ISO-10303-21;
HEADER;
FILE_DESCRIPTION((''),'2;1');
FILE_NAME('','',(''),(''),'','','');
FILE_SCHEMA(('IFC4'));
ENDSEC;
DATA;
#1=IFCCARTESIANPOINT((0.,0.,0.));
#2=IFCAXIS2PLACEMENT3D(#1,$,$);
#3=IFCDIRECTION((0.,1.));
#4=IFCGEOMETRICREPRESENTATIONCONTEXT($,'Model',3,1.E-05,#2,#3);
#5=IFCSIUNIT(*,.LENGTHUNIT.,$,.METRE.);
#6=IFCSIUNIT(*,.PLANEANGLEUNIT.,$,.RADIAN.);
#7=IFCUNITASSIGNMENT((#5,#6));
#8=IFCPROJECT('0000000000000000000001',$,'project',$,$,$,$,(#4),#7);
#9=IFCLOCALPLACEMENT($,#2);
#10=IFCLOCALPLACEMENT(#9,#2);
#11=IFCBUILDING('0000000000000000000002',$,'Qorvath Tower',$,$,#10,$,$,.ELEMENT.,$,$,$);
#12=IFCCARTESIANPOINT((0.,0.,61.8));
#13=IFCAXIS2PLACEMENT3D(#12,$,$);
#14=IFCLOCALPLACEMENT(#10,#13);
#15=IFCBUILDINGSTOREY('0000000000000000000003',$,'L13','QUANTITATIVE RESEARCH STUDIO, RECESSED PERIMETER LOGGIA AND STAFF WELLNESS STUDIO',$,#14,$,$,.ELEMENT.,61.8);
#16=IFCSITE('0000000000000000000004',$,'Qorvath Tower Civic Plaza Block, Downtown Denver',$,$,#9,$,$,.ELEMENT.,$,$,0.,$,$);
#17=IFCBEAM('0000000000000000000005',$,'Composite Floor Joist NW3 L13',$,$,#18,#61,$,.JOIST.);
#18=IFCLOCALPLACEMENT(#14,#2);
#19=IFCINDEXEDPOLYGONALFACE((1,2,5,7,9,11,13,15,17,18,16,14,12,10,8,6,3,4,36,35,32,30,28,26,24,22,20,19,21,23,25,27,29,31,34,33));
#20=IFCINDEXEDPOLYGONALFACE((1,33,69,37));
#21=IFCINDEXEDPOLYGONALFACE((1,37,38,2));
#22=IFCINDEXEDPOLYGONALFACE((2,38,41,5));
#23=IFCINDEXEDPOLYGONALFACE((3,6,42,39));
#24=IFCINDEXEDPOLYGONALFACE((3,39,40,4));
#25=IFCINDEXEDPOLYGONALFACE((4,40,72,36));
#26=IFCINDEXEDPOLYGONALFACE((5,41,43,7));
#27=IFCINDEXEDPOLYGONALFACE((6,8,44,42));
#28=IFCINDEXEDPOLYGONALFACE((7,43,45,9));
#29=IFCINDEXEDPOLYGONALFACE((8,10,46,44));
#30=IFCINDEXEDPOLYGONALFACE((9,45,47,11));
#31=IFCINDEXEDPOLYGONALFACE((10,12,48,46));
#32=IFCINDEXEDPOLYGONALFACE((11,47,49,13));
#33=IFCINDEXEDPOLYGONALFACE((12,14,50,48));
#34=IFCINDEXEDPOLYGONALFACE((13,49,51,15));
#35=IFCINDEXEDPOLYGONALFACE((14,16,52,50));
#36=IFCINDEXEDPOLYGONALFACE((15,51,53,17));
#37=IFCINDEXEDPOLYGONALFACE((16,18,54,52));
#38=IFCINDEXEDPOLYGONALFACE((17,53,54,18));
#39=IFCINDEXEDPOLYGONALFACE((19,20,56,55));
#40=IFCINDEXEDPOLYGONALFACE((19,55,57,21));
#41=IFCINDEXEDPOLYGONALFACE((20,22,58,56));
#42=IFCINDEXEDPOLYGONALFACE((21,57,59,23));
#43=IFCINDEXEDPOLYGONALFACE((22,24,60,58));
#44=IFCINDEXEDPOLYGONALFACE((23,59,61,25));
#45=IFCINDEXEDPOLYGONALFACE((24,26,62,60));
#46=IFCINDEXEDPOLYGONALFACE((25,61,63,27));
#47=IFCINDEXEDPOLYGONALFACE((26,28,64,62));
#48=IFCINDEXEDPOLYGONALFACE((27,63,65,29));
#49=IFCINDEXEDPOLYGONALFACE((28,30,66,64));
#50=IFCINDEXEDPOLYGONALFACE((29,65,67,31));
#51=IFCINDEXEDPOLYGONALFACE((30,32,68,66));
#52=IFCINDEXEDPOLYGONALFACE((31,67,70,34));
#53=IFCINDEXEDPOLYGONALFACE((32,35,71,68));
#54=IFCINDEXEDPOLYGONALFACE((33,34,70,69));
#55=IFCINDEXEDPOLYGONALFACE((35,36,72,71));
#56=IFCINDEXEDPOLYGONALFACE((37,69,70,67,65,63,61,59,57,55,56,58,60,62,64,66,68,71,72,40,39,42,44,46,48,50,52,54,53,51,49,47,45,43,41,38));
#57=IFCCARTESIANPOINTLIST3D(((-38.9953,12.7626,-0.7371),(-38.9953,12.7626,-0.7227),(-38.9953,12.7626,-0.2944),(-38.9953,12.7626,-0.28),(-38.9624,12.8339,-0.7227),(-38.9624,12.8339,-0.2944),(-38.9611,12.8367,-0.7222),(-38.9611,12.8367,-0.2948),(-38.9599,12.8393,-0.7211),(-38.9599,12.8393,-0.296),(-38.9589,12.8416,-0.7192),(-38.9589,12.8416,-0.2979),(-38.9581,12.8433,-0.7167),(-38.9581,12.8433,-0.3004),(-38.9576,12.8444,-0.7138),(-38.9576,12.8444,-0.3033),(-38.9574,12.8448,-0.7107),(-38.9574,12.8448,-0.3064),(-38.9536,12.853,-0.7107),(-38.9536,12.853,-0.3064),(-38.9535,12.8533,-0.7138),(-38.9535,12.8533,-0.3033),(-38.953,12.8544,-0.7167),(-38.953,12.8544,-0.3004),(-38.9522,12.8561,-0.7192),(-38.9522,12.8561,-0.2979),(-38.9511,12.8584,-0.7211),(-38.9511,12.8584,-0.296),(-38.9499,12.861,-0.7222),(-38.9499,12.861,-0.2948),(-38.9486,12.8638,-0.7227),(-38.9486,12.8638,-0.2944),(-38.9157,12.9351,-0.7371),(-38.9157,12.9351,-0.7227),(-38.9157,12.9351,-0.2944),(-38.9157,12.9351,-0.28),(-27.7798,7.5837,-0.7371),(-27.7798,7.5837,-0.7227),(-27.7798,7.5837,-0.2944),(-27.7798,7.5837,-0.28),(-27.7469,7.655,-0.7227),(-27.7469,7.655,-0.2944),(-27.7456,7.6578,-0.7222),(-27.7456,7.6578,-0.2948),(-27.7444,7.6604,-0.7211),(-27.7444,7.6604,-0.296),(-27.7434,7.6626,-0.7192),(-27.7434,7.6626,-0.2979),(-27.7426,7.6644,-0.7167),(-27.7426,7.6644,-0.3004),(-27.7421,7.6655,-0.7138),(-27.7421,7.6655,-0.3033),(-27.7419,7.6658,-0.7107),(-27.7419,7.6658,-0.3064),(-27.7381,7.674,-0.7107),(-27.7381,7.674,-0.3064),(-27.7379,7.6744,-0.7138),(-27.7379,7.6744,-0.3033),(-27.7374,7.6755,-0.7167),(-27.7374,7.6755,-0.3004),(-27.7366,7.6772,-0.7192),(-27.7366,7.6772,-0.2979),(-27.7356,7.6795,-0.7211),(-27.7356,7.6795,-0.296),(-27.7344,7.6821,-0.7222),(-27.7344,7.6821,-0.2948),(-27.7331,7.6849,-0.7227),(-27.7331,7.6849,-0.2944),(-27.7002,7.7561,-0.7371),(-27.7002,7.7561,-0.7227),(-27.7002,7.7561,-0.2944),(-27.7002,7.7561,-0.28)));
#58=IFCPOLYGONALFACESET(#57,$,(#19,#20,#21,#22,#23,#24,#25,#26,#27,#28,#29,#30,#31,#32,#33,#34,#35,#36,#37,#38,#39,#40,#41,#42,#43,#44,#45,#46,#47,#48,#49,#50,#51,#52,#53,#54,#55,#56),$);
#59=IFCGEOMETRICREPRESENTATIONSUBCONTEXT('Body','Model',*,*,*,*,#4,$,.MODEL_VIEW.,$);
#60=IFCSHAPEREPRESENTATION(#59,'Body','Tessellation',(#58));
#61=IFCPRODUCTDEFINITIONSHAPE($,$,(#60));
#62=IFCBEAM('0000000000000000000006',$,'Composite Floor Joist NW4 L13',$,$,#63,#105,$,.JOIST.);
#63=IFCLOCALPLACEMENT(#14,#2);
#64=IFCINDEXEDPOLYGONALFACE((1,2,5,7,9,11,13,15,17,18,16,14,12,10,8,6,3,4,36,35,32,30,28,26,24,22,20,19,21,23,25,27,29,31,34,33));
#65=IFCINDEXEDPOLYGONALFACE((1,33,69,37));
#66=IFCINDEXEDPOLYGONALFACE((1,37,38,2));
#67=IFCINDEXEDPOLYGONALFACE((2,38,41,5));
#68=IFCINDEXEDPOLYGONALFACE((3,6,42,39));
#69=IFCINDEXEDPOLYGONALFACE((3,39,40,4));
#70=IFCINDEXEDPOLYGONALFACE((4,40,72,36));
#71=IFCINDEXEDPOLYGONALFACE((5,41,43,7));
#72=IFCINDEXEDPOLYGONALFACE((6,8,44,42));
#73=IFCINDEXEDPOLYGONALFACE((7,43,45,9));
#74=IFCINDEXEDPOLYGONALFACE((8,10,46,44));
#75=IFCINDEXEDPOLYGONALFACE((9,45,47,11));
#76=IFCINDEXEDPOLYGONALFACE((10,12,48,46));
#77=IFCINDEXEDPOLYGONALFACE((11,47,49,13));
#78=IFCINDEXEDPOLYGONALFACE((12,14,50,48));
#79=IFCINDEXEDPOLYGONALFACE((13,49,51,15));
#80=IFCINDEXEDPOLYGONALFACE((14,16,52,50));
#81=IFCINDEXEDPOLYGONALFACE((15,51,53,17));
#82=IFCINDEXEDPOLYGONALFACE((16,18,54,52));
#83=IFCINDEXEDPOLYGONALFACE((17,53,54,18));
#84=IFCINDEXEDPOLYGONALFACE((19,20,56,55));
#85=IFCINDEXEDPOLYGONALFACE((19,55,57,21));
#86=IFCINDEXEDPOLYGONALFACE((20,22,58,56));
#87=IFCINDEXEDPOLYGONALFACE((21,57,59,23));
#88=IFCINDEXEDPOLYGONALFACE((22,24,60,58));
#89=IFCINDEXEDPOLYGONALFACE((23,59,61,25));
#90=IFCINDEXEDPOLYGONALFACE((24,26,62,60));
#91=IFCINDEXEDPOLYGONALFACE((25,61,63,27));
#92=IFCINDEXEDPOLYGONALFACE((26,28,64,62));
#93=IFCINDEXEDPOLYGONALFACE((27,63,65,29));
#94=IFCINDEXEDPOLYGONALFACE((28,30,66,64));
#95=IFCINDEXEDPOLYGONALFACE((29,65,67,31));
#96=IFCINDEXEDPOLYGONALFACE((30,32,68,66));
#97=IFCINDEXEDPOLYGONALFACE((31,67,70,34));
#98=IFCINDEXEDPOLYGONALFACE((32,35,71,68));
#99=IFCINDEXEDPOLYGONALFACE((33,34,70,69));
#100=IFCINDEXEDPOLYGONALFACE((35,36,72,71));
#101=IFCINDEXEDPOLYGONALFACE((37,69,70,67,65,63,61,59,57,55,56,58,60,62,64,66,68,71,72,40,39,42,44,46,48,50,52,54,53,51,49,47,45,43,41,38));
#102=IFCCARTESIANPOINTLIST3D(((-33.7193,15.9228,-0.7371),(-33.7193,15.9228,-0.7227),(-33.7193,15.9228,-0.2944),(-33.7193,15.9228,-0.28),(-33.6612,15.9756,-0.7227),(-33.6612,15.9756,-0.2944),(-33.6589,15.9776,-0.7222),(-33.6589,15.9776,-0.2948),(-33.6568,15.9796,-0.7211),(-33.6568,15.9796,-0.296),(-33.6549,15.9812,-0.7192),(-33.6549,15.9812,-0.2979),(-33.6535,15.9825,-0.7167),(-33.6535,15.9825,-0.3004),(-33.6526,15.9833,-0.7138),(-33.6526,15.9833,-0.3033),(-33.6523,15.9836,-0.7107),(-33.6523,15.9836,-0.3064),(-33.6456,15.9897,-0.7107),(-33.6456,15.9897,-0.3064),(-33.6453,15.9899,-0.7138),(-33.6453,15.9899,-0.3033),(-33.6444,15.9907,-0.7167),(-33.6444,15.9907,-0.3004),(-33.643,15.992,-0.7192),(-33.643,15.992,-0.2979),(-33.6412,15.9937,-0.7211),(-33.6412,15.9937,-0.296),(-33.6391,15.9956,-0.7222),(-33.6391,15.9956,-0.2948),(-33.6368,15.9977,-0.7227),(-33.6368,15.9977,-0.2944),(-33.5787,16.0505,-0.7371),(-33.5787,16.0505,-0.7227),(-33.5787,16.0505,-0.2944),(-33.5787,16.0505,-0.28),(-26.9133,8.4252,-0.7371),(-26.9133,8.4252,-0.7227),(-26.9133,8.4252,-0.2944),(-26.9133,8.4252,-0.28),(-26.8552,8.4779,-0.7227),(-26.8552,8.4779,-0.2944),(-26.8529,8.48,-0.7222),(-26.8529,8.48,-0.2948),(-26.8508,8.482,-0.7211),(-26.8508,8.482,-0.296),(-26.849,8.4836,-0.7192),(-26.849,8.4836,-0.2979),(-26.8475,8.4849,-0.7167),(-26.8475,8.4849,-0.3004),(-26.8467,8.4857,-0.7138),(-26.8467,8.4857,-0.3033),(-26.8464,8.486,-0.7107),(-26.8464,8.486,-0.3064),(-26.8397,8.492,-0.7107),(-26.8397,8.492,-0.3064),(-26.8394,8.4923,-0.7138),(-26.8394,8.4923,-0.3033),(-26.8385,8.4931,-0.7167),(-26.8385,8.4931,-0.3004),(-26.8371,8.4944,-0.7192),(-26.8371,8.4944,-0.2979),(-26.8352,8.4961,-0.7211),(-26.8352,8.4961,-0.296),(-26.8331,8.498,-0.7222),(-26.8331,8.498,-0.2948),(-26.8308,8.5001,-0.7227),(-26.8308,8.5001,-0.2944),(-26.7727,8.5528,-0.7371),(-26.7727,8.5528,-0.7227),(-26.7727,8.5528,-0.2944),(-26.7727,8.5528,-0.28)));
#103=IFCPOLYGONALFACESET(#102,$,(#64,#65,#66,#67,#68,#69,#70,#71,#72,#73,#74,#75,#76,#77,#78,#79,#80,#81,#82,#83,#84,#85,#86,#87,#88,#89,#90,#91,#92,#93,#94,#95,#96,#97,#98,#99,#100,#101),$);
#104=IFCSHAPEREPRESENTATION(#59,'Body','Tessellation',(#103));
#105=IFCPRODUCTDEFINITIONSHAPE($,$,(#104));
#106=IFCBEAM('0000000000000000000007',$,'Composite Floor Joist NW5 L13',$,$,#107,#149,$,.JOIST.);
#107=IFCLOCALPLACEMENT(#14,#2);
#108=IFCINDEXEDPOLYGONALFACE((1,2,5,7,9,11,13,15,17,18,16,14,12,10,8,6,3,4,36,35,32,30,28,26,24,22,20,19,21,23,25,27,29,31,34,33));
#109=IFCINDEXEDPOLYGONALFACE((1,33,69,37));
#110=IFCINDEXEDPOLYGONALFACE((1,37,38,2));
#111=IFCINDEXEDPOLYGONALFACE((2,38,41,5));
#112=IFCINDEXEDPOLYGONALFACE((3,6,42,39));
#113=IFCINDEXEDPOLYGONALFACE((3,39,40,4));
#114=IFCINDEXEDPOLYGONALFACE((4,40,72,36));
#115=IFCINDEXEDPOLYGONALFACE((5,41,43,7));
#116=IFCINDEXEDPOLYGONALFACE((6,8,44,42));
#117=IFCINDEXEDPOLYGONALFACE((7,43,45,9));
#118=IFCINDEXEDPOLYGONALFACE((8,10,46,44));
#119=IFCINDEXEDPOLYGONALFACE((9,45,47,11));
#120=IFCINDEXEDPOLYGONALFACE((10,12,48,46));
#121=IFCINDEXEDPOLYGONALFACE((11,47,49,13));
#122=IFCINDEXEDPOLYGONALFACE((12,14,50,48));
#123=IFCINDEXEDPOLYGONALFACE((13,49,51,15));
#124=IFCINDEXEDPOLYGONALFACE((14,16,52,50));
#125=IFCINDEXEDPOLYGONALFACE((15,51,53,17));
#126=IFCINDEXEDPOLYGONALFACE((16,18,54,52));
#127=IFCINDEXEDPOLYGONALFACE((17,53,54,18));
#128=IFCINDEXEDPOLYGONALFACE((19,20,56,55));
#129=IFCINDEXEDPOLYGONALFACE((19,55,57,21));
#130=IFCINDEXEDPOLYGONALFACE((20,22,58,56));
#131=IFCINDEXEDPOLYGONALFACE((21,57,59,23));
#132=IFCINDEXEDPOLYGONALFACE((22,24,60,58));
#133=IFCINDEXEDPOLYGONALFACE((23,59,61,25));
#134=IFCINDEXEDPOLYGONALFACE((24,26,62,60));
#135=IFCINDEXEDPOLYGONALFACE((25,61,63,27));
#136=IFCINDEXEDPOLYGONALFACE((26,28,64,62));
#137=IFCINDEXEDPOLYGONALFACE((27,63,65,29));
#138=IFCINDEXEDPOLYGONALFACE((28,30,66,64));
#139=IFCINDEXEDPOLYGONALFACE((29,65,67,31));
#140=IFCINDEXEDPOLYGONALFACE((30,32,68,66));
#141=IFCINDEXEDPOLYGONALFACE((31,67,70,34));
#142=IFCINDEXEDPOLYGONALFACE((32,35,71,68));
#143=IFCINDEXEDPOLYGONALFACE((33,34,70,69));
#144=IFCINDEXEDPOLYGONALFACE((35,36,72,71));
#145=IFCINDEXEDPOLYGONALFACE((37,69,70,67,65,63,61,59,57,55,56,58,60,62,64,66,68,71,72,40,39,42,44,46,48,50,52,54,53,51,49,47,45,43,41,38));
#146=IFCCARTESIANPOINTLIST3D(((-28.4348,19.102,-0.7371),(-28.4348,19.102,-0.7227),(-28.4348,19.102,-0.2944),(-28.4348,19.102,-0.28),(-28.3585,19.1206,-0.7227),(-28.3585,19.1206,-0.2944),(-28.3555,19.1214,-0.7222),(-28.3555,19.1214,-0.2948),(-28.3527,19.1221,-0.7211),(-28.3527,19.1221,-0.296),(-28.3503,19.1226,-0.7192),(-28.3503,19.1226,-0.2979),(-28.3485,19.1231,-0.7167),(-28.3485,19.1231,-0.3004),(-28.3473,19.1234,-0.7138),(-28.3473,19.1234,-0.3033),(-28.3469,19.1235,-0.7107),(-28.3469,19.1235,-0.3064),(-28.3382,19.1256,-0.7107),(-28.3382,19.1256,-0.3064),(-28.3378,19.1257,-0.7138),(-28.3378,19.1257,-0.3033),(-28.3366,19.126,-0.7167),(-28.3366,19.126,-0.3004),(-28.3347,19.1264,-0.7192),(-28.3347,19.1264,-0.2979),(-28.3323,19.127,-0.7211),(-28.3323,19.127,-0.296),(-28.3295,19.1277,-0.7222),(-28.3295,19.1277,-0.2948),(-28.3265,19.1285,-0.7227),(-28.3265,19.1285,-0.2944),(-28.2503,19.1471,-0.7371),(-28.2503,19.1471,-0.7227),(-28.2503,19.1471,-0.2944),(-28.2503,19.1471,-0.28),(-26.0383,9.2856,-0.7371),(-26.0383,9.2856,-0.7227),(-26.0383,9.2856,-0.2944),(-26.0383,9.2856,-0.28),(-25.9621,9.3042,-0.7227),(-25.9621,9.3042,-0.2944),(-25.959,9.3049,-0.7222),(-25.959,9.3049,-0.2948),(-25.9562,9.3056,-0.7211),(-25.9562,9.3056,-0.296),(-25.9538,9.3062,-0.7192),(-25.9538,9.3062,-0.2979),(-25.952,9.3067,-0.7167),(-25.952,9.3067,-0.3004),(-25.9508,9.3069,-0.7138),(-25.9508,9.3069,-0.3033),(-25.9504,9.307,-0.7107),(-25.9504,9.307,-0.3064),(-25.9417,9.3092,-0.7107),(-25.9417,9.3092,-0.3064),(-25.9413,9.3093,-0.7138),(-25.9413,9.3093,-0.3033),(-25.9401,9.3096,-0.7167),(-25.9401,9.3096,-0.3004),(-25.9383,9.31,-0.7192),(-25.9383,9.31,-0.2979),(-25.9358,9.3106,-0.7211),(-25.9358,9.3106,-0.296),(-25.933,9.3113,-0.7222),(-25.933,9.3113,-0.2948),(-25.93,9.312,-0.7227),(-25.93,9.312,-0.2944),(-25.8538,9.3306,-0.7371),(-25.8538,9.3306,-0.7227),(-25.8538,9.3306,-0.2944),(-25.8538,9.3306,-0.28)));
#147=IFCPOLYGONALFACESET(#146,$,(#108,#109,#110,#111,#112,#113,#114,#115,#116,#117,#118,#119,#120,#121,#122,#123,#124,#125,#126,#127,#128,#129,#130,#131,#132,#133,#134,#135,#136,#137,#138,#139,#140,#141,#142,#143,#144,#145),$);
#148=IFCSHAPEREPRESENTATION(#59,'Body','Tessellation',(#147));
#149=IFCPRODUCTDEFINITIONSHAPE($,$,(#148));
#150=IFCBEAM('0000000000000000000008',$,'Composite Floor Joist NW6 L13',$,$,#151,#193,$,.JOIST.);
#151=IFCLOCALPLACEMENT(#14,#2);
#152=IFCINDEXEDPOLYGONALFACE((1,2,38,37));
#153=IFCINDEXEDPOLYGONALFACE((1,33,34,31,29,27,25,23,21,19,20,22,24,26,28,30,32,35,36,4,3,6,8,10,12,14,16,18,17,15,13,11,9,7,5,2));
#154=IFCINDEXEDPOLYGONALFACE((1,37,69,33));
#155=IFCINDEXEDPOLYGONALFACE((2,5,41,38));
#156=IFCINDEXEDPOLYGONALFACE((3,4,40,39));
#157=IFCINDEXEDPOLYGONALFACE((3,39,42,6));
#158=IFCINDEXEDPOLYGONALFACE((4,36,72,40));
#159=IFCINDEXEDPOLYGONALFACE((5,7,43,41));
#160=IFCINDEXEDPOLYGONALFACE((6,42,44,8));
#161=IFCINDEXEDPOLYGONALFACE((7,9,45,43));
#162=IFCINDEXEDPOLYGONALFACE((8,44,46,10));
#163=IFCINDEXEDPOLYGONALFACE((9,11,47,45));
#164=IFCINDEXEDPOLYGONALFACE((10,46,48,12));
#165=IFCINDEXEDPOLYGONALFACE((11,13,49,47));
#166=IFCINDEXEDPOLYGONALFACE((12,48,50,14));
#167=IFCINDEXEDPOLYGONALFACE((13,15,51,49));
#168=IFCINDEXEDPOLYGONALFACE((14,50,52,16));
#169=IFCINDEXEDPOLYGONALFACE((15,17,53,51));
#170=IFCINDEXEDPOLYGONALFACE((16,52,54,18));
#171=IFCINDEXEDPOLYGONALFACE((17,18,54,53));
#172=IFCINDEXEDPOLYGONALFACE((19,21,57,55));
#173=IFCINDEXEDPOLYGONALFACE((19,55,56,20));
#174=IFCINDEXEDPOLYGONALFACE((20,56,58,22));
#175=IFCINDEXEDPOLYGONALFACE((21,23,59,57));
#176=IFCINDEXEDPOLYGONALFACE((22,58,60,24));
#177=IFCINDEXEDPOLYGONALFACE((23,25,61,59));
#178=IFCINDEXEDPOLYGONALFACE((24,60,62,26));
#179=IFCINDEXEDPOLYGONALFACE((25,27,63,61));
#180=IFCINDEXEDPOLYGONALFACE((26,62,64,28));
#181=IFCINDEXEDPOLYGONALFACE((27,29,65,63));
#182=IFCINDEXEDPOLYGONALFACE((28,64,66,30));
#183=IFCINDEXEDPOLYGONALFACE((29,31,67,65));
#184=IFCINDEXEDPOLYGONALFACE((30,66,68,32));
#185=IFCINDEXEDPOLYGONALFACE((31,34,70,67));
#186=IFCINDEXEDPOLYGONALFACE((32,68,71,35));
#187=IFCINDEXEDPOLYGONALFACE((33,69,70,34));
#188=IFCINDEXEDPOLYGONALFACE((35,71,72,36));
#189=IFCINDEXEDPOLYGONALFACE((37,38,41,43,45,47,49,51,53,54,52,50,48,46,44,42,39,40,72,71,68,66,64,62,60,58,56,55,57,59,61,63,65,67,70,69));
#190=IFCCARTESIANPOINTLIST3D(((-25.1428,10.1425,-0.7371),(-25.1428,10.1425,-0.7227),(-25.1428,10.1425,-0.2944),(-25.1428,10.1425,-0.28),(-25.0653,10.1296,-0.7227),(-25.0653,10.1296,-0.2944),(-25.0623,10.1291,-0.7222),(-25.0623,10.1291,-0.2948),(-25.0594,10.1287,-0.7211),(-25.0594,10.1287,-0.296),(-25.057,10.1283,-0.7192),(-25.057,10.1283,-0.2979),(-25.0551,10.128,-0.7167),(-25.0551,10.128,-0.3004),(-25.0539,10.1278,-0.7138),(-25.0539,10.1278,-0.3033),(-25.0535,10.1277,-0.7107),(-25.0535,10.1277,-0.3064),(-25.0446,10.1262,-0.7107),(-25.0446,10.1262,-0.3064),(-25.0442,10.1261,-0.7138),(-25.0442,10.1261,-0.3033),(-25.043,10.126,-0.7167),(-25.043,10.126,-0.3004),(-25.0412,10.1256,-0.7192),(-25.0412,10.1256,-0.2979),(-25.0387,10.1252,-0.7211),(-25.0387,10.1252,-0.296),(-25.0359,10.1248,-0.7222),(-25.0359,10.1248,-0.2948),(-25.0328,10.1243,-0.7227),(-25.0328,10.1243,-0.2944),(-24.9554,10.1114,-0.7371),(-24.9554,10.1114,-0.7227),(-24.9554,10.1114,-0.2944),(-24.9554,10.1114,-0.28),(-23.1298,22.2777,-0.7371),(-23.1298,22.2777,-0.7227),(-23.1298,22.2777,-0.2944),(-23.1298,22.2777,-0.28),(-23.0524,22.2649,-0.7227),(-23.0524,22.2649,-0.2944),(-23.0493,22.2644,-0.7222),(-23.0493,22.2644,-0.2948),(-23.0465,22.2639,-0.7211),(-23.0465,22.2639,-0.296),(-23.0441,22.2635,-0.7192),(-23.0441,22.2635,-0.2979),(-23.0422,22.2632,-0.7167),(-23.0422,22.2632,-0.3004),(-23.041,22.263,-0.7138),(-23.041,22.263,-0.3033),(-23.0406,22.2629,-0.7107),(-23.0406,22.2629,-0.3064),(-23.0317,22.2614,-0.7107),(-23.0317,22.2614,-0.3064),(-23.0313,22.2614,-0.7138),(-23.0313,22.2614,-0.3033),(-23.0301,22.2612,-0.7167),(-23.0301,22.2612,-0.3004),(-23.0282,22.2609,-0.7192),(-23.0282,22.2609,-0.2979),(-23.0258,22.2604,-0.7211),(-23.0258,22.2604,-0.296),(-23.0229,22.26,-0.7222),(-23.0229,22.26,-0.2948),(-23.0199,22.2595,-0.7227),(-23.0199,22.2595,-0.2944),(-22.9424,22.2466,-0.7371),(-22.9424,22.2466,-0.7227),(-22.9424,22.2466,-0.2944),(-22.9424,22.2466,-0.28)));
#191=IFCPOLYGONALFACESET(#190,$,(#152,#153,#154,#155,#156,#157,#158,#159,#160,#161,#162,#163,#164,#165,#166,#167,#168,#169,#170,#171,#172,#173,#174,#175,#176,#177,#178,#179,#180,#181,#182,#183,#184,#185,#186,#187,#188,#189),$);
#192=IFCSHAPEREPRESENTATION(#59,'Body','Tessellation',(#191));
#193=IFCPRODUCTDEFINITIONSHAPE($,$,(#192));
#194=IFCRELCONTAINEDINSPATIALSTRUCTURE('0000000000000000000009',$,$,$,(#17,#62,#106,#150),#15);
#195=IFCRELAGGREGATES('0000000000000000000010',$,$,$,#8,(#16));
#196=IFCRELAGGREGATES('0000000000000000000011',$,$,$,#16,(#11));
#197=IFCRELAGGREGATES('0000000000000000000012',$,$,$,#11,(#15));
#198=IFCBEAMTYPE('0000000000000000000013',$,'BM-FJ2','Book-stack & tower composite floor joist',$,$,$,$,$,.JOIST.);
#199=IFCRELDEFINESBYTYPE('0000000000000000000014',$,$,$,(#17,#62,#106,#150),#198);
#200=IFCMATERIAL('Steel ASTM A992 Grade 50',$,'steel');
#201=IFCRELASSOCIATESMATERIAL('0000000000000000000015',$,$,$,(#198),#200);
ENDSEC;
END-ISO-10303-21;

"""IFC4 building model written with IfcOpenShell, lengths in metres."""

from ifc_helpers import new_model, si_unit, direction, frame, origin, origin_2d, place, context, subcontext, project, spatial, i_section, extrude, material, material_profile, profile_set, type_object, element, save


model = new_model("IFC4")

# Units and contexts
model_context = context("Model", 3, precision=1e-05, world=origin(), true_north=direction((0.0, 1.0)))
body_context = subcontext(model_context, "Body", "Model", "MODEL_VIEW")
ifc_project = project(units=[si_unit("LENGTHUNIT", "METRE"), si_unit("PLANEANGLEUNIT", "RADIAN")], contexts=[model_context])

# Site, building, storey
site_placement = place(None, origin())
site = spatial("IfcSite", under=ifc_project, at=site_placement, Name="Qorvath Tower Civic Plaza Block, Downtown Denver", CompositionType="ELEMENT", RefElevation=0.0)
building_placement = place(site_placement, origin())
building = spatial("IfcBuilding", under=site, at=building_placement, Name="Qorvath Tower", CompositionType="ELEMENT")
storey_placement = place(building_placement, frame((0.0, 0.0, 61.8)))
storey = spatial("IfcBuildingStorey", under=building, at=storey_placement, Name="L13", Description="QUANTITATIVE RESEARCH STUDIO, RECESSED PERIMETER LOGGIA AND STAFF WELLNESS STUDIO", CompositionType="ELEMENT", Elevation=61.8)

# Beams
ifc_material_1 = material(Name="Steel ASTM A992 Grade 50", Category="steel")
ifc_material_profile_1 = material_profile(ifc_material_1, i_section(OverallWidth=0.1899, OverallDepth=0.457, WebThickness=0.009, FlangeThickness=0.0144, FilletRadius=0.012, at=origin_2d()), Name="W18x50")
ifc_profile_set_1 = profile_set([ifc_material_profile_1], Name="Steel ASTM A992 Grade 50")
beam_type_1 = type_object("IfcBeamType", Name="BM-FJ2", Description="Book-stack & tower composite floor joist", PredefinedType="JOIST", material=ifc_profile_set_1)
beam_1_placement = place(storey_placement, frame((-27.74, 7.6699, -0.5085), z_axis=(-0.907881, 0.419227, 0.0), x_axis=(-0.419227, -0.907881, 0.0)))
element("IfcBeam", 1, at=beam_1_placement, inside=storey, type_object=beam_type_1, Name="Composite Floor Joist NW3 L13", PredefinedType="JOIST", context=body_context, shape_type="SweptSolid", body=[
    extrude(i_section(OverallWidth=0.1899, OverallDepth=0.457, WebThickness=0.009, FlangeThickness=0.0144, FilletRadius=0.012, at=origin_2d()), origin(), (0.0, 0.0, 1.0), 12.3535),
])
beam_2_placement = place(storey_placement, frame((-26.843, 8.489, -0.5085), z_axis=(-0.672129, 0.740434, 0.0), x_axis=(-0.740434, -0.672129, 0.0)))
element("IfcBeam", 2, at=beam_2_placement, inside=storey, type_object=beam_type_1, Name="Composite Floor Joist NW4 L13", PredefinedType="JOIST", context=body_context, shape_type="SweptSolid", body=[
    extrude(i_section(OverallWidth=0.1899, OverallDepth=0.457, WebThickness=0.009, FlangeThickness=0.0144, FilletRadius=0.012, at=origin_2d()), origin(), (0.0, 0.0, 1.0), 10.126),
])
beam_3_placement = place(storey_placement, frame((-25.946, 9.3081, -0.5085), z_axis=(-0.237165, 0.971469, 0.0), x_axis=(-0.971469, -0.237165, 0.0)))
element("IfcBeam", 3, at=beam_3_placement, inside=storey, type_object=beam_type_1, Name="Composite Floor Joist NW5 L13", PredefinedType="JOIST", context=body_context, shape_type="SweptSolid", body=[
    extrude(i_section(OverallWidth=0.1899, OverallDepth=0.457, WebThickness=0.009, FlangeThickness=0.0144, FilletRadius=0.012, at=origin_2d()), origin(), (0.0, 0.0, 1.0), 10.1047),
])
beam_4_placement = place(storey_placement, frame((-25.0491, 10.127, -0.5085), z_axis=(0.163639, 0.98652, 0.0), x_axis=(-0.98652, 0.163639, 0.0)))
element("IfcBeam", 4, at=beam_4_placement, inside=storey, type_object=beam_type_1, Name="Composite Floor Joist NW6 L13", PredefinedType="JOIST", context=body_context, shape_type="SweptSolid", body=[
    extrude(i_section(OverallWidth=0.1899, OverallDepth=0.457, WebThickness=0.009, FlangeThickness=0.0144, FilletRadius=0.012, at=origin_2d()), origin(), (0.0, 0.0, 1.0), 12.301),
])

save(model, "model.ifc")
